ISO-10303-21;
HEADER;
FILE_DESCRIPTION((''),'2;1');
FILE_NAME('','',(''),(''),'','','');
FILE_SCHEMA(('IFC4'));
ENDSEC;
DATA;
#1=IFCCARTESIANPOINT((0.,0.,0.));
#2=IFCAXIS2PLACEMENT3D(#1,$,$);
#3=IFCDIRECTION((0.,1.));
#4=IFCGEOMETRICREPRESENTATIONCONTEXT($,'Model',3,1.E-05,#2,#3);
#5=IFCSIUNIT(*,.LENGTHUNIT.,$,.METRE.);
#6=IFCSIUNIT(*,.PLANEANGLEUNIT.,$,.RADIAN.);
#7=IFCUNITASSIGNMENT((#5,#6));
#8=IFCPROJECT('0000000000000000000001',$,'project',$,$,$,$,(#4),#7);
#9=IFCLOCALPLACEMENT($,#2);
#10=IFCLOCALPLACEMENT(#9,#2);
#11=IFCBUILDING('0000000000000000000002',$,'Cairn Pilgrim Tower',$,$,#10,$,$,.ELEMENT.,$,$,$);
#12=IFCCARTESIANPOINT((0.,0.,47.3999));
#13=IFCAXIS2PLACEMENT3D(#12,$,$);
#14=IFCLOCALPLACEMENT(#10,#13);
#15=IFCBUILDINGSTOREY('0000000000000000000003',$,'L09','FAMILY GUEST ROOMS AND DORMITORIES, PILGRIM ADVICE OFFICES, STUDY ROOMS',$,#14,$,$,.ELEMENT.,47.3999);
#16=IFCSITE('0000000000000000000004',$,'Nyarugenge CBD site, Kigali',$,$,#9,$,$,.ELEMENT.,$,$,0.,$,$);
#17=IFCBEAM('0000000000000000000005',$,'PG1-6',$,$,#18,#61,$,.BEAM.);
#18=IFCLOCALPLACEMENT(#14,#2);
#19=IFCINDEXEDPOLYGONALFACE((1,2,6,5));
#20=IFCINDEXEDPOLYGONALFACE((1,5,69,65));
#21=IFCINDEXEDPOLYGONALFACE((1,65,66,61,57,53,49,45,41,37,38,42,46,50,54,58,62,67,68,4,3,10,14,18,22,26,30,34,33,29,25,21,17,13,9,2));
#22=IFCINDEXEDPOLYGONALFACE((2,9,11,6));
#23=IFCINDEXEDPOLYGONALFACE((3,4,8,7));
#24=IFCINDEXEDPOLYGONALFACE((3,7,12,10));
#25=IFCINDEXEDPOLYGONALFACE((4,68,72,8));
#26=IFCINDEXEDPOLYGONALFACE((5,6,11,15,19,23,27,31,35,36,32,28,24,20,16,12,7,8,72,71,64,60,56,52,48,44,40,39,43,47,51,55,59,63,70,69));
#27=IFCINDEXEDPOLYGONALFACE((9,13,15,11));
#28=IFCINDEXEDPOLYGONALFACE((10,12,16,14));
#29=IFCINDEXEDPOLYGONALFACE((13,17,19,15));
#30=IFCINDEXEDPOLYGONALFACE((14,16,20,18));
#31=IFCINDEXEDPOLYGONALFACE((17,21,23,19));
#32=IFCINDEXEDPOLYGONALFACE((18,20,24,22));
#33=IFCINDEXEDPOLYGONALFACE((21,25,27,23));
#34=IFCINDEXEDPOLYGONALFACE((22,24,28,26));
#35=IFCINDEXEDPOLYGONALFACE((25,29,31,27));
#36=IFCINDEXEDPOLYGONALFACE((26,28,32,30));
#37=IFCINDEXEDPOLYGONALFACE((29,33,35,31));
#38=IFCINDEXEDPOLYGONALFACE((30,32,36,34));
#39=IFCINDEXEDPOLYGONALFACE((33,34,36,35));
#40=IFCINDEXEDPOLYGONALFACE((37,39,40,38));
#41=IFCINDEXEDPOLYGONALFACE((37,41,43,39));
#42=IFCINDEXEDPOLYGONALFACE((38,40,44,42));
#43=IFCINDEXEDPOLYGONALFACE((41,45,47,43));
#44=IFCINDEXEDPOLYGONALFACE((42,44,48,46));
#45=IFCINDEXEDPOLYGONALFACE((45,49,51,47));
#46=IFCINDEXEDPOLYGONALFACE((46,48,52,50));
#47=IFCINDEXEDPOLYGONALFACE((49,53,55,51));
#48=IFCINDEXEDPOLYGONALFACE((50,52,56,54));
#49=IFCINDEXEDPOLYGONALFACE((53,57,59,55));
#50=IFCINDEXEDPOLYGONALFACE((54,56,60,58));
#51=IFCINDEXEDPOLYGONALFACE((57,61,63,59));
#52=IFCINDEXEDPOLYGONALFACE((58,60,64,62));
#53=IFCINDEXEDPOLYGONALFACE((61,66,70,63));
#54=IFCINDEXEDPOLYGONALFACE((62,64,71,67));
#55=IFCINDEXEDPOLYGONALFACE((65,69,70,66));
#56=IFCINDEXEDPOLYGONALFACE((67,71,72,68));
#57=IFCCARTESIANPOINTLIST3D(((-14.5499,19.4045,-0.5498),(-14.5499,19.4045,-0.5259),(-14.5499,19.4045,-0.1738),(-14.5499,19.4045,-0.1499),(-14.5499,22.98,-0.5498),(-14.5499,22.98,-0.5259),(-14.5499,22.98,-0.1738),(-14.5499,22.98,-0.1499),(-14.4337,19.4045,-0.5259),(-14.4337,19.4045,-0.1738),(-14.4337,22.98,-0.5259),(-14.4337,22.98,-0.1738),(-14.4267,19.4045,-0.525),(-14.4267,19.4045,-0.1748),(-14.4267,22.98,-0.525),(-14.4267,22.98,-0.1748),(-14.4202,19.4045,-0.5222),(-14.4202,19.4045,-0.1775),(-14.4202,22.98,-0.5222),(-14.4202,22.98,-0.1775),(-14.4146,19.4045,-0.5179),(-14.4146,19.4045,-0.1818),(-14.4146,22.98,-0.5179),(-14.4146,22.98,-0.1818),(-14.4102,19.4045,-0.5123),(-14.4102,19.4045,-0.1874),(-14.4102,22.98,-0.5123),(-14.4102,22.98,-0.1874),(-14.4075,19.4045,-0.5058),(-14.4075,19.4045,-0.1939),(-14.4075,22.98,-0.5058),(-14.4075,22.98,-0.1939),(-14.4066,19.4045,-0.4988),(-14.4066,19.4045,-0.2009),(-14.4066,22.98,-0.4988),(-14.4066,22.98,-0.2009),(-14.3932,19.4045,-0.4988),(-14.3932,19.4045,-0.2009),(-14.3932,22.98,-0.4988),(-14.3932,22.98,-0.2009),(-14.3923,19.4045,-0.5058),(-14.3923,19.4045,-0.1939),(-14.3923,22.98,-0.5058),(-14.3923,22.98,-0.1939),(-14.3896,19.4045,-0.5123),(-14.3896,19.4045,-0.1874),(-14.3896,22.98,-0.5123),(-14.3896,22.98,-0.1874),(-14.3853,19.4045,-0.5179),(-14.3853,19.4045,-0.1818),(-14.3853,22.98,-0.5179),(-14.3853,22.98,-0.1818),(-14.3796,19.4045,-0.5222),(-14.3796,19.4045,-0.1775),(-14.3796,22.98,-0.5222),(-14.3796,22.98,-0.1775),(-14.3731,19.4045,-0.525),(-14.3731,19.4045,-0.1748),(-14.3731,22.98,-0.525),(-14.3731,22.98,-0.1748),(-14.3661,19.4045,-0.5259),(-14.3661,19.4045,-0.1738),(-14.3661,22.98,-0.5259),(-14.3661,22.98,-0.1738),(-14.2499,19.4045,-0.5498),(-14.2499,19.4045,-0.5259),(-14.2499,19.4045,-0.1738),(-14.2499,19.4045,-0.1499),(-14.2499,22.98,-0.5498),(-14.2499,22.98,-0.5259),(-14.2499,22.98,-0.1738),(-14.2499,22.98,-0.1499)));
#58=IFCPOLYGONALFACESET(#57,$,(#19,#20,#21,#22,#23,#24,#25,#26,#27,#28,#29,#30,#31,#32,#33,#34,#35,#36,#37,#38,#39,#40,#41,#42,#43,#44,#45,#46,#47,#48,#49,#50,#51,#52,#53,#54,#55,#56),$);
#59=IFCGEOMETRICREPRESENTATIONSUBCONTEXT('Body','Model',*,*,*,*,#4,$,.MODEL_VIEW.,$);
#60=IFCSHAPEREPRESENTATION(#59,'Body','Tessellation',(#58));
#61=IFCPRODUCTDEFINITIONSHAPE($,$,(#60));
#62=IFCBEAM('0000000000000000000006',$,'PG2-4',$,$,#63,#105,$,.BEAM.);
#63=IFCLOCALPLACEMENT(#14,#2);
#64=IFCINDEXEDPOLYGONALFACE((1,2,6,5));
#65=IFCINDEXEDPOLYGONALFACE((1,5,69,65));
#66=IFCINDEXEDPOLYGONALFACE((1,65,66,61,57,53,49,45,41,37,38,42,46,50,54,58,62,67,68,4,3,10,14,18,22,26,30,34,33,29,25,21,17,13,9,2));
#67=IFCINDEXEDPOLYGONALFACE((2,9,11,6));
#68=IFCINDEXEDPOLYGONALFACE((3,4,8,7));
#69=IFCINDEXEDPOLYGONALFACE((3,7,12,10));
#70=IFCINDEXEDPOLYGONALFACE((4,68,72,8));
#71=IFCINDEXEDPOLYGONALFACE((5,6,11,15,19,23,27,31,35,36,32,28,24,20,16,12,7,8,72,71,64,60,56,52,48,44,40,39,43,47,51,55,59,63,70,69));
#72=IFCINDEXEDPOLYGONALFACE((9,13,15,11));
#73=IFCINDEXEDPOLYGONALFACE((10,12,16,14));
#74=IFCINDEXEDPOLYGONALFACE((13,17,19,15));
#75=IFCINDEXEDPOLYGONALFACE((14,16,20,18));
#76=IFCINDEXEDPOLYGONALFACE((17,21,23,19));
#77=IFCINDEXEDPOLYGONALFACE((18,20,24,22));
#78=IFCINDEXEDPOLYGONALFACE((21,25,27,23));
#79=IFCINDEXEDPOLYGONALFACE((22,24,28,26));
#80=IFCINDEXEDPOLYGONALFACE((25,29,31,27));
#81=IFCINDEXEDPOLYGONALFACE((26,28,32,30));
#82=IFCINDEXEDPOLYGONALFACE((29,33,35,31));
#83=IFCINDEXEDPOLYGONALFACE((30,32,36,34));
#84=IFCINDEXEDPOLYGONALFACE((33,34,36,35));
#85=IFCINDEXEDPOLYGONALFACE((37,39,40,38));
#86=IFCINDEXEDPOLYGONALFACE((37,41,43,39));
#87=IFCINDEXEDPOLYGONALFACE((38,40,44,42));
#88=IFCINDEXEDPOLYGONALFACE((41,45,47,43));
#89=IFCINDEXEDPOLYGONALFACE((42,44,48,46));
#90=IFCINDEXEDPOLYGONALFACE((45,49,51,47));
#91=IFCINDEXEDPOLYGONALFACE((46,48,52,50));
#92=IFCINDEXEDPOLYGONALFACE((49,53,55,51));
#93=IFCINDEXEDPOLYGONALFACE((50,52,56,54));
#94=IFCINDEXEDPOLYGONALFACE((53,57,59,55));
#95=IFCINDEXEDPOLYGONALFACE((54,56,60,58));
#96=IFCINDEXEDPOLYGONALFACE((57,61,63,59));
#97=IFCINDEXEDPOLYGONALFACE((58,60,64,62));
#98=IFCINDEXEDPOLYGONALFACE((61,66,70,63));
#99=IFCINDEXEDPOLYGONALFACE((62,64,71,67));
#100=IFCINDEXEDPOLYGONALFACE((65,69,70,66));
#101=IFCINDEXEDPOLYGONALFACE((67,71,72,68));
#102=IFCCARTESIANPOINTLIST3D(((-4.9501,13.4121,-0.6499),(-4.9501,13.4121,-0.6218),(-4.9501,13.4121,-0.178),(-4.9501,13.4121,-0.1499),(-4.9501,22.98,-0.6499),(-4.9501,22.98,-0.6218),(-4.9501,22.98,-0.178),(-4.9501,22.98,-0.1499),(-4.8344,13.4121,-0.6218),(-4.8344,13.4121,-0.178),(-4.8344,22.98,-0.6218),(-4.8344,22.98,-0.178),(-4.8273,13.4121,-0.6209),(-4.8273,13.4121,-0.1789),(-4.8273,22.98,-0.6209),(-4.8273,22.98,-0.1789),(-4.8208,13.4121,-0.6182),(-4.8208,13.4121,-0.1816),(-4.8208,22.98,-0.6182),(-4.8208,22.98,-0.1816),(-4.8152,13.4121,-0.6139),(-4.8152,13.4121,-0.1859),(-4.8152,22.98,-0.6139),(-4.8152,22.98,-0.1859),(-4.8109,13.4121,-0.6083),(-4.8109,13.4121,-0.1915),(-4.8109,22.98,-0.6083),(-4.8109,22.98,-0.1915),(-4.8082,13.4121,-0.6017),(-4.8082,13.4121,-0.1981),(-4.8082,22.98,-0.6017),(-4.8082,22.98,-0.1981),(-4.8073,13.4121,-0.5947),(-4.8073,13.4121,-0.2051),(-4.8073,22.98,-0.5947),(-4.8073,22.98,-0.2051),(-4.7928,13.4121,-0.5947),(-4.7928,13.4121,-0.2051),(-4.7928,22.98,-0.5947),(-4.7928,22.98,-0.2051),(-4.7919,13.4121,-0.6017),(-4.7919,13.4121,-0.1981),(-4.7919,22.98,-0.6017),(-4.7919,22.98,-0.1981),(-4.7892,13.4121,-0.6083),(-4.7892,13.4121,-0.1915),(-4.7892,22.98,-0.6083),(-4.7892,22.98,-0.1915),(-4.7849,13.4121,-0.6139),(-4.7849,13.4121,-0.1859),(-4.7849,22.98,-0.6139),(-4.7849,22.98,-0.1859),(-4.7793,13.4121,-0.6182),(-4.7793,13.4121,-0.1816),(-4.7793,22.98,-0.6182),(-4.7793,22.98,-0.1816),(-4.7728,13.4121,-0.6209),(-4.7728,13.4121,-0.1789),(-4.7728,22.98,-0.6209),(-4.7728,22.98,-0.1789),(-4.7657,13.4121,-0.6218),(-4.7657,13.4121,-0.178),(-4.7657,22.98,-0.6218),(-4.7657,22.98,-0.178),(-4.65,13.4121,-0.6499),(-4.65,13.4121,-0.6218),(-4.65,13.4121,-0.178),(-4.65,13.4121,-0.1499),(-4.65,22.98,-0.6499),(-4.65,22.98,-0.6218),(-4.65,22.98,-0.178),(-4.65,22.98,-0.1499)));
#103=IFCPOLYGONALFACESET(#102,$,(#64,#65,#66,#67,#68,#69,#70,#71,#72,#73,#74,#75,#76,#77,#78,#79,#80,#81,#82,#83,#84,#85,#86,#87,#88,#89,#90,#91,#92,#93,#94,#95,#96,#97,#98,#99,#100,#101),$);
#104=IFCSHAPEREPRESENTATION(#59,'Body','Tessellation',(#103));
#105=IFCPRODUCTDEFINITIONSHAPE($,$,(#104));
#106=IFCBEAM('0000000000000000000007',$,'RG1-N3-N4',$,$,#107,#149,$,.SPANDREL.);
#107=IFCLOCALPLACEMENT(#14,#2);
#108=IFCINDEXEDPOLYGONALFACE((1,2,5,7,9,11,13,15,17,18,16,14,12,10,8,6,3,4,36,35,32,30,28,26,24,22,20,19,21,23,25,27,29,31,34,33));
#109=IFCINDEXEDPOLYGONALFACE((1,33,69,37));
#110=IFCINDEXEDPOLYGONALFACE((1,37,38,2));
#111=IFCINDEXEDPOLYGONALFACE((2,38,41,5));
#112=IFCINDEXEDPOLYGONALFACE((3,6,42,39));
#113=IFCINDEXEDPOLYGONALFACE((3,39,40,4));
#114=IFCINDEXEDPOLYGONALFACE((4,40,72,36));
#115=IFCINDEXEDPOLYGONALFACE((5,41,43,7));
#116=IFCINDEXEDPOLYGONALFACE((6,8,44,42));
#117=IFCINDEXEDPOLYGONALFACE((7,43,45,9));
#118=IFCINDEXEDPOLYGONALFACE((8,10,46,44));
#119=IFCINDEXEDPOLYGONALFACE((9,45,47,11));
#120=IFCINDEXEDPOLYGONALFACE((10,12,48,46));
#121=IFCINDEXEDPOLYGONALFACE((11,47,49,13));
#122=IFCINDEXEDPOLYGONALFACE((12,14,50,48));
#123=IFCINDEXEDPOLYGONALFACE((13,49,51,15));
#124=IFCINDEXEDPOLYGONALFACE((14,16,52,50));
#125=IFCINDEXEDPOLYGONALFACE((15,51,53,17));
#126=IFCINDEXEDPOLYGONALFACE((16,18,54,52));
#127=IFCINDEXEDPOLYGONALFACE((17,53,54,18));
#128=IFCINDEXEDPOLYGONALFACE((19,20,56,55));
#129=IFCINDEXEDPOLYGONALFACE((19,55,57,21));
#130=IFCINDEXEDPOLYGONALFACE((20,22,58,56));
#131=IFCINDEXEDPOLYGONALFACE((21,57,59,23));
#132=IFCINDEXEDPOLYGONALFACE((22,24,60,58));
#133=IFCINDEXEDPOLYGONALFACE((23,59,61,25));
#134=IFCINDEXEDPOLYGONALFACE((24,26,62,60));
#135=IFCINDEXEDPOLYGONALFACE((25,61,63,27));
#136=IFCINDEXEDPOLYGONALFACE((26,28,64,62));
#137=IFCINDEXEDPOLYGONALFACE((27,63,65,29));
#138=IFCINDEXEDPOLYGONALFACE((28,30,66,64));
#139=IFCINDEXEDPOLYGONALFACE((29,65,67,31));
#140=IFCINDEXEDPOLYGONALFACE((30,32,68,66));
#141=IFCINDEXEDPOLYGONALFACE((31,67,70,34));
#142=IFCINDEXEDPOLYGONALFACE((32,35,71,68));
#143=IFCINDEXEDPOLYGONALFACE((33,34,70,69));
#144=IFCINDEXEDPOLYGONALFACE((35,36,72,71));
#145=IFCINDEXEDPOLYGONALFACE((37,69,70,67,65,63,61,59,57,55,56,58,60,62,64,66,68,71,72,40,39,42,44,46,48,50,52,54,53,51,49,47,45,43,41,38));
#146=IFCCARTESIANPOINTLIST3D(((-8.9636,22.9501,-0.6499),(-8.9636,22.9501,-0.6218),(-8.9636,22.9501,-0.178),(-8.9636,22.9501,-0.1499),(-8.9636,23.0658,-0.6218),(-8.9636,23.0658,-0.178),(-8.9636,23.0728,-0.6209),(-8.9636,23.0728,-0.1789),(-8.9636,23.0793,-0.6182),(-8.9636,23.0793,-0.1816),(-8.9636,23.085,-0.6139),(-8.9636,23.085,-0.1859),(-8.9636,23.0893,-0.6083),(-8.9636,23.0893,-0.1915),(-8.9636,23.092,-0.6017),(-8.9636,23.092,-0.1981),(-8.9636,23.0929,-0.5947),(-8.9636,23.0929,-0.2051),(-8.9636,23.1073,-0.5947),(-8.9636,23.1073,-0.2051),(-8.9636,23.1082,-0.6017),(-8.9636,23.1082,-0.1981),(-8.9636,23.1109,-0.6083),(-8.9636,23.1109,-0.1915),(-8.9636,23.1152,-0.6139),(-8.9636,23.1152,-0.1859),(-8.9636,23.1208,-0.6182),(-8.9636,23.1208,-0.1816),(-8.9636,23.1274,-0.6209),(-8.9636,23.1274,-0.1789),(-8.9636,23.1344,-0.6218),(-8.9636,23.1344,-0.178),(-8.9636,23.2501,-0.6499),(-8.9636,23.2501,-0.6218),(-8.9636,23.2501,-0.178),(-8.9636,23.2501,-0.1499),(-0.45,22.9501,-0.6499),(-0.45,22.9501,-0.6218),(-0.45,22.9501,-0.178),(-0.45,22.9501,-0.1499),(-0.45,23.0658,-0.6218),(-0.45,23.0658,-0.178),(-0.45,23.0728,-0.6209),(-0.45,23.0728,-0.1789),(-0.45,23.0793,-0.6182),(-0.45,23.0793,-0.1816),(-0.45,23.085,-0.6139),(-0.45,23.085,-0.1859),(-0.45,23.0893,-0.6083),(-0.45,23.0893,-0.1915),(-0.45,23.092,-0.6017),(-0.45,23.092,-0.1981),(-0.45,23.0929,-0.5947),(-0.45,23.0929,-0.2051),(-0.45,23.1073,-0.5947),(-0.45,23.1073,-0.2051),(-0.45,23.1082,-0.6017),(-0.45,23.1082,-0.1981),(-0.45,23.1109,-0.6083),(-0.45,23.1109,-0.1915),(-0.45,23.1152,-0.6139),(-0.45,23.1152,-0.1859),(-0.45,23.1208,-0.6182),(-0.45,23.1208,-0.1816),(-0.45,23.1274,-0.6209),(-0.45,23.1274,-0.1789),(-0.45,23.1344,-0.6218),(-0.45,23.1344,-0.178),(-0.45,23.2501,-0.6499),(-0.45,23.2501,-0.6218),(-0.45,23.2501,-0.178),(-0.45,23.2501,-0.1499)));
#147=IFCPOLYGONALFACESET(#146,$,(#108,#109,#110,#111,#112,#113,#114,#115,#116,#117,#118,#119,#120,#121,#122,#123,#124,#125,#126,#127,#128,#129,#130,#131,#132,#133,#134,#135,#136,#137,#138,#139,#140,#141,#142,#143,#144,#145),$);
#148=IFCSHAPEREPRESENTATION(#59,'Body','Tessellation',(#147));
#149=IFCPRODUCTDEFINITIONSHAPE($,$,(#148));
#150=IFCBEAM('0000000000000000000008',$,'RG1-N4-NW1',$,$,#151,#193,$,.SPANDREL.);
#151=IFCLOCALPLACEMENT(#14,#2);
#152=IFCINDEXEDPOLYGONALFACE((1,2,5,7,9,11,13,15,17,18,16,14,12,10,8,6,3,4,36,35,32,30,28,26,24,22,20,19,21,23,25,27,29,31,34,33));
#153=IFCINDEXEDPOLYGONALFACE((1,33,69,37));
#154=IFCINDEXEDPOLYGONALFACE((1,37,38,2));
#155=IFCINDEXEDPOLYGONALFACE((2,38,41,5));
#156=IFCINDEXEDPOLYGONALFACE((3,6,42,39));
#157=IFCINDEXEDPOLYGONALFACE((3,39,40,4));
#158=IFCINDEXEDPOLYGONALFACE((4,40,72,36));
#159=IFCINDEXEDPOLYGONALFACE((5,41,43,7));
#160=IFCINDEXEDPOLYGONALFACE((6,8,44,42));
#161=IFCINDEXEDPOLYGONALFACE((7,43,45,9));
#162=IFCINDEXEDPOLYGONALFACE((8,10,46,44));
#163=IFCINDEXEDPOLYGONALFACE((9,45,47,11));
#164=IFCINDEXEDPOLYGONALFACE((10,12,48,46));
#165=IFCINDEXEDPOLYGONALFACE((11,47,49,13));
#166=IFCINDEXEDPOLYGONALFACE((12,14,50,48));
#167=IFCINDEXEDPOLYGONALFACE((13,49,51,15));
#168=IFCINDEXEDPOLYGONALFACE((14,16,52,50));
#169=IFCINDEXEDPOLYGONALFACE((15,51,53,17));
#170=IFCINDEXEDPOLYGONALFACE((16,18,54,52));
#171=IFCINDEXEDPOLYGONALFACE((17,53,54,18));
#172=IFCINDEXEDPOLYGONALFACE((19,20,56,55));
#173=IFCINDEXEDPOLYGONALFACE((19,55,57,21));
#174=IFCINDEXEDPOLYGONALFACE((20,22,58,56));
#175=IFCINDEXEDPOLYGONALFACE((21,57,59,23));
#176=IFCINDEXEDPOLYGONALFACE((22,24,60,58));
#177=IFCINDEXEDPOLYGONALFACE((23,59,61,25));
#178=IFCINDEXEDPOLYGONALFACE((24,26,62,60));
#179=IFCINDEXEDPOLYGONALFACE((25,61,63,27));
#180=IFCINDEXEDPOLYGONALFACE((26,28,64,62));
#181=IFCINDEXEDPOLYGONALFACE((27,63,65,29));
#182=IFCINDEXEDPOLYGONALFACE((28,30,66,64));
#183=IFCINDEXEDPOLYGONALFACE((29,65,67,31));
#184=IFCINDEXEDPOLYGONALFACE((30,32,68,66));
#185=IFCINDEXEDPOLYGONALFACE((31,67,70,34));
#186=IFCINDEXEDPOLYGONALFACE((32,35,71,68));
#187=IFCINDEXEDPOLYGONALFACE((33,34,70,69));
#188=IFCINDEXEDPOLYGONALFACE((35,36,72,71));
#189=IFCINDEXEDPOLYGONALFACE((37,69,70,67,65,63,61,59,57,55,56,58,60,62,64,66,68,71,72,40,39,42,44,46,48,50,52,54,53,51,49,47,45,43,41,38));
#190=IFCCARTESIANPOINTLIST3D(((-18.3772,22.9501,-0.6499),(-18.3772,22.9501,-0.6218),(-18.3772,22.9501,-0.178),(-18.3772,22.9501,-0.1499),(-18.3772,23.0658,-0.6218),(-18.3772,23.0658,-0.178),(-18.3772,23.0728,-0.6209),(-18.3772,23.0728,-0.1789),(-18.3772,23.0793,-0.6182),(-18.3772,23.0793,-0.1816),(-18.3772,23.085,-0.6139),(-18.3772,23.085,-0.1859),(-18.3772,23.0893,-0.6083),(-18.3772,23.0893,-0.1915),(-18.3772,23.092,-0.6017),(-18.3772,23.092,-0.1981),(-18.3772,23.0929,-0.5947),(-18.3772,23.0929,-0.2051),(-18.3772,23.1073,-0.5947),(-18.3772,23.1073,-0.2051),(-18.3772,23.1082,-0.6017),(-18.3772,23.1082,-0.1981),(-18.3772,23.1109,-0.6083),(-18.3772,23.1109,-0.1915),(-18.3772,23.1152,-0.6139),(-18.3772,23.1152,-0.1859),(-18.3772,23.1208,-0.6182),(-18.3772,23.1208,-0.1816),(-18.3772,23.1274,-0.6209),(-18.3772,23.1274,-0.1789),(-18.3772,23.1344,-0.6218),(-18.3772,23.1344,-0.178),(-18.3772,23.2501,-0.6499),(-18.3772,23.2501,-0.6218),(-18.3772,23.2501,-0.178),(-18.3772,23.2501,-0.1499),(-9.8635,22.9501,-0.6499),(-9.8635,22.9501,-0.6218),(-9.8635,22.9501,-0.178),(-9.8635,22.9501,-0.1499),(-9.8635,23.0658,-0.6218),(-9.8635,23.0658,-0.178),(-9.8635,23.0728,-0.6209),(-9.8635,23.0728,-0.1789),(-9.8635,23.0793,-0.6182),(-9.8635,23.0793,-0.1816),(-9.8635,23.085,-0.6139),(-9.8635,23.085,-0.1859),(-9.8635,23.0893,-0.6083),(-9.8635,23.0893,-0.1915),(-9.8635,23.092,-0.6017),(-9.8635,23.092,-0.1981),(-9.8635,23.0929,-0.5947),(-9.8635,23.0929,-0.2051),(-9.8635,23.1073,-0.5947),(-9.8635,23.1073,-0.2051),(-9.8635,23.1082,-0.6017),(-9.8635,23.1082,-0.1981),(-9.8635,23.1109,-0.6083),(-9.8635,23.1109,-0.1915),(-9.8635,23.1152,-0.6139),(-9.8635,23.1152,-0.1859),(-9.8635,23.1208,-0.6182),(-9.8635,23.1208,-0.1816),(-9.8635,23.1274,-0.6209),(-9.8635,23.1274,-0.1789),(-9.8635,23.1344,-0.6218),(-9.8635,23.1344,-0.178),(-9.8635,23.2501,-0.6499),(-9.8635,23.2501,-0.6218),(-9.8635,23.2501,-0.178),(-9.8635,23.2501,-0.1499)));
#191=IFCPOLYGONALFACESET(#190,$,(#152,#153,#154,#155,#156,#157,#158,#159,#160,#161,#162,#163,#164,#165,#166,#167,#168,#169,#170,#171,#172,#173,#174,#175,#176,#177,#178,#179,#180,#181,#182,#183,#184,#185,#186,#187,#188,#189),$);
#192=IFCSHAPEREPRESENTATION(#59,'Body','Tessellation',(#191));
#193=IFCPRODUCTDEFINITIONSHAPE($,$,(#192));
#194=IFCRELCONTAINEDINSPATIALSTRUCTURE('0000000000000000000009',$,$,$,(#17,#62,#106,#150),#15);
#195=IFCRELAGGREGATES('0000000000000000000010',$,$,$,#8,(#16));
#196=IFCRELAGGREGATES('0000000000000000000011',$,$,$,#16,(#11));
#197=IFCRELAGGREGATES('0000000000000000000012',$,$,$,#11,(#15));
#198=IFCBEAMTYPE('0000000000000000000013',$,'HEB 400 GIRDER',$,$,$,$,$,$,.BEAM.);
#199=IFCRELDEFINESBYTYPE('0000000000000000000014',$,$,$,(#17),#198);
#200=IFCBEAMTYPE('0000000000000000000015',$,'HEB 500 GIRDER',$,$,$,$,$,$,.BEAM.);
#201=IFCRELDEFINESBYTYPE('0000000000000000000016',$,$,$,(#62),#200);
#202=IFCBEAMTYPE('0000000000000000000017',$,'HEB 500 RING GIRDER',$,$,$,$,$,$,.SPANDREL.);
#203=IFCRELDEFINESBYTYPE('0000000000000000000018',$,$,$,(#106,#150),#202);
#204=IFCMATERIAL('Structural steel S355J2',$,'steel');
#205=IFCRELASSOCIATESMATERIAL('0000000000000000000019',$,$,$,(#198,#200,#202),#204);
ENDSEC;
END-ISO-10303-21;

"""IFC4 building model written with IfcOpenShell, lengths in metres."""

from ifc_helpers import new_model, si_unit, direction, frame, origin, origin_2d, place, context, subcontext, project, spatial, i_section, extrude, material, material_profile, profile_set, type_object, element, save


model = new_model("IFC4")

# Units and contexts
model_context = context("Model", 3, precision=1e-05, world=origin(), true_north=direction((0.0, 1.0)))
body_context = subcontext(model_context, "Body", "Model", "MODEL_VIEW")
ifc_project = project(units=[si_unit("LENGTHUNIT", "METRE"), si_unit("PLANEANGLEUNIT", "RADIAN")], contexts=[model_context])

# Site, building, storey
site_placement = place(None, origin())
site = spatial("IfcSite", under=ifc_project, at=site_placement, Name="Nyarugenge CBD site, Kigali", CompositionType="ELEMENT", RefElevation=0.0)
building_placement = place(site_placement, origin())
building = spatial("IfcBuilding", under=site, at=building_placement, Name="Cairn Pilgrim Tower", CompositionType="ELEMENT")
storey_placement = place(building_placement, frame((0.0, 0.0, 47.3999)))
storey = spatial("IfcBuildingStorey", under=building, at=storey_placement, Name="L09", Description="FAMILY GUEST ROOMS AND DORMITORIES, PILGRIM ADVICE OFFICES, STUDY ROOMS", CompositionType="ELEMENT", Elevation=47.3999)

# Beams
ifc_material_1 = material(Name="Structural steel S355J2", Category="steel")
ifc_material_profile_1 = material_profile(ifc_material_1, i_section(OverallWidth=0.3, OverallDepth=0.3999, WebThickness=0.0134, FlangeThickness=0.0239, FilletRadius=0.0271, at=origin_2d()), Name="HEB 400")
ifc_profile_set_1 = profile_set([ifc_material_profile_1], Name="Structural steel S355J2")
beam_type_1 = type_object("IfcBeamType", Name="HEB 400 GIRDER", PredefinedType="BEAM", material=ifc_profile_set_1)
beam_1_placement = place(storey_placement, frame((-14.3999, 19.4045, -0.3499), z_axis=(0.0, 1.0, 0.0), x_axis=(-1.0, 0.0, 0.0)))
element("IfcBeam", 1, at=beam_1_placement, inside=storey, type_object=beam_type_1, Name="PG1-6", PredefinedType="BEAM", context=body_context, shape_type="SweptSolid", body=[
    extrude(i_section(OverallWidth=0.3, OverallDepth=0.3999, WebThickness=0.0134, FlangeThickness=0.0239, FilletRadius=0.0271, at=origin_2d()), origin(), (0.0, 0.0, 1.0), 3.5754),
])
ifc_material_profile_2 = material_profile(ifc_material_1, i_section(OverallWidth=0.3, OverallDepth=0.5, WebThickness=0.0144, FlangeThickness=0.0281, FilletRadius=0.0271, at=origin_2d()), Name="HEB 500")
ifc_profile_set_2 = profile_set([ifc_material_profile_2], Name="Structural steel S355J2")
beam_type_2 = type_object("IfcBeamType", Name="HEB 500 GIRDER", PredefinedType="BEAM", material=ifc_profile_set_2)
beam_2_placement = place(storey_placement, frame((-4.8, 13.4121, -0.3999), z_axis=(0.0, 1.0, 0.0), x_axis=(-1.0, 0.0, 0.0)))
element("IfcBeam", 2, at=beam_2_placement, inside=storey, type_object=beam_type_2, Name="PG2-4", PredefinedType="BEAM", context=body_context, shape_type="SweptSolid", body=[
    extrude(i_section(OverallWidth=0.3, OverallDepth=0.5, WebThickness=0.0144, FlangeThickness=0.0281, FilletRadius=0.0271, at=origin_2d()), origin(), (0.0, 0.0, 1.0), 9.5679),
])
ifc_material_profile_3 = material_profile(ifc_material_1, i_section(OverallWidth=0.3, OverallDepth=0.5, WebThickness=0.0144, FlangeThickness=0.0281, FilletRadius=0.0271, at=origin_2d()), Name="HEB 500")
ifc_profile_set_3 = profile_set([ifc_material_profile_3], Name="Structural steel S355J2")
beam_type_3 = type_object("IfcBeamType", Name="HEB 500 RING GIRDER", PredefinedType="SPANDREL", material=ifc_profile_set_3)
for number, where, z_axis, x_axis, name in (
    (3, (-0.45, 23.1001, -0.3999), (-1.0, 0.0, 0.0), (0.0, -1.0, 0.0), "RG1-N3-N4"),
    (4, (-9.8635, 23.1001, -0.3999), (-1.0, 0.0, 0.0), (0.0, -1.0, 0.0), "RG1-N4-NW1"),
):
    element("IfcBeam", number, at=place(storey_placement, frame(where, z_axis=z_axis, x_axis=x_axis)), inside=storey, type_object=beam_type_3, Name=name, PredefinedType="SPANDREL", context=body_context, shape_type="SweptSolid", body=[
        extrude(i_section(OverallWidth=0.3, OverallDepth=0.5, WebThickness=0.0144, FlangeThickness=0.0281, FilletRadius=0.0271, at=origin_2d()), origin(), (0.0, 0.0, 1.0), 8.5137),
    ])

save(model, "model.ifc")
